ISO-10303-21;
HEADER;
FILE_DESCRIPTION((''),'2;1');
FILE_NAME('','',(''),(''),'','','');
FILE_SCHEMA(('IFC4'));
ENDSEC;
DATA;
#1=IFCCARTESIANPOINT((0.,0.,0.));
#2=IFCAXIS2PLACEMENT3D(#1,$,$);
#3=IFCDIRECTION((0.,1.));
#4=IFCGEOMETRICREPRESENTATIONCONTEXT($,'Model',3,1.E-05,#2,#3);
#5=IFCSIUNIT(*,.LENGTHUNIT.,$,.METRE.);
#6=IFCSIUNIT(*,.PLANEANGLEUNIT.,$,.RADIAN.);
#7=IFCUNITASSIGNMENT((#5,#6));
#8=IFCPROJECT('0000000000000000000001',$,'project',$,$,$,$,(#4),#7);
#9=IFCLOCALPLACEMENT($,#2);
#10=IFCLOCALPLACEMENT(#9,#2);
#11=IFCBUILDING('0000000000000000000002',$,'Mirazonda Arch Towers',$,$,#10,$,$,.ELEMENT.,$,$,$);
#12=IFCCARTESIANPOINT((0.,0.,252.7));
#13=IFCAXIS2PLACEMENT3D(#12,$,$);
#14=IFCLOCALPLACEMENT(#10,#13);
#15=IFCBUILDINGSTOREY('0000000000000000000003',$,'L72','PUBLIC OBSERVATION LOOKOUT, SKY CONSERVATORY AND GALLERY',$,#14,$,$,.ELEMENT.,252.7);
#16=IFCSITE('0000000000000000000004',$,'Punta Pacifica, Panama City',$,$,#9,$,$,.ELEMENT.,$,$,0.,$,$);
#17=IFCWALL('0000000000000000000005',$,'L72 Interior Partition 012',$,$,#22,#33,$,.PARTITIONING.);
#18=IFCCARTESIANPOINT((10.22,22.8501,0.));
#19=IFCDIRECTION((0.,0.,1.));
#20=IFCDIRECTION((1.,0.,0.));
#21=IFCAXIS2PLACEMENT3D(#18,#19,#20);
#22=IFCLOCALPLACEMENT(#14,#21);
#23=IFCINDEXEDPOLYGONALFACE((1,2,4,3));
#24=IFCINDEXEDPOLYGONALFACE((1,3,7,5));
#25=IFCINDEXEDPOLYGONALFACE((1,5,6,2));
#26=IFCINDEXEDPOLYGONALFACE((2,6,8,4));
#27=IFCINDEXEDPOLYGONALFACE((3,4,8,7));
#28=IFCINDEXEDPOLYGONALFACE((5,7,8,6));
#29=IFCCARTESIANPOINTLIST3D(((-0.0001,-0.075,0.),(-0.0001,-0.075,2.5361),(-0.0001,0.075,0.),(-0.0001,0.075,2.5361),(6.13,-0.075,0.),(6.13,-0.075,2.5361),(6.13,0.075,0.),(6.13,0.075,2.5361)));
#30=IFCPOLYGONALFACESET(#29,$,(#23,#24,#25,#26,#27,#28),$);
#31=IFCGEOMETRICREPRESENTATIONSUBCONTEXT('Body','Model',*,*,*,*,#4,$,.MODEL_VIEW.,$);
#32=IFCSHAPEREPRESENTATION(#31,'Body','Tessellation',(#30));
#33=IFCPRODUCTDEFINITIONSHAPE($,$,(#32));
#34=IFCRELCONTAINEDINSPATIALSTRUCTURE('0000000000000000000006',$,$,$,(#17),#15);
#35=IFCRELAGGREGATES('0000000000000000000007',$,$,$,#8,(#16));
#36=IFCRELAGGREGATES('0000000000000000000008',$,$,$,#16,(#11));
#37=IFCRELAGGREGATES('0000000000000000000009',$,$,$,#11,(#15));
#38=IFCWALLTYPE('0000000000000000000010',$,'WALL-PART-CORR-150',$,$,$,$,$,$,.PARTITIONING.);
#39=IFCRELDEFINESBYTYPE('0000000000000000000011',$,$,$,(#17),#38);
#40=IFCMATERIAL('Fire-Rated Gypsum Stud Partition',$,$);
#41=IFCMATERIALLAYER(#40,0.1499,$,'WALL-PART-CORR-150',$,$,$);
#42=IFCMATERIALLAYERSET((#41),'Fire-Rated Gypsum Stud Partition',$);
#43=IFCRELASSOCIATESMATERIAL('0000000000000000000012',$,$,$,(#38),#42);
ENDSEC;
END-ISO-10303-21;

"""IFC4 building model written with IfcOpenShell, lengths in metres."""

from ifc_helpers import new_model, si_unit, direction, frame, frame_2d, origin, place, context, subcontext, project, spatial, rectangle, extrude, material, layer, layer_set, type_object, element, save


model = new_model("IFC4")

# Units and contexts
model_context = context("Model", 3, precision=1e-05, world=origin(), true_north=direction((0.0, 1.0)))
body_context = subcontext(model_context, "Body", "Model", "MODEL_VIEW")
ifc_project = project(units=[si_unit("LENGTHUNIT", "METRE"), si_unit("PLANEANGLEUNIT", "RADIAN")], contexts=[model_context])

# Site, building, storey
site_placement = place(None, origin())
site = spatial("IfcSite", under=ifc_project, at=site_placement, Name="Punta Pacifica, Panama City", CompositionType="ELEMENT", RefElevation=0.0)
building_placement = place(site_placement, origin())
building = spatial("IfcBuilding", under=site, at=building_placement, Name="Mirazonda Arch Towers", CompositionType="ELEMENT")
storey_placement = place(building_placement, frame((0.0, 0.0, 252.7)))
storey = spatial("IfcBuildingStorey", under=building, at=storey_placement, Name="L72", Description="PUBLIC OBSERVATION LOOKOUT, SKY CONSERVATORY AND GALLERY", CompositionType="ELEMENT", Elevation=252.7)

# Shared definitions
ifc_material_1 = material(Name="Fire-Rated Gypsum Stud Partition")
ifc_layer_1 = layer(ifc_material_1, 0.1499, Name="WALL-PART-CORR-150")
ifc_layer_set_1 = layer_set([ifc_layer_1], Name="Fire-Rated Gypsum Stud Partition")
wall_type_1 = type_object("IfcWallType", Name="WALL-PART-CORR-150", PredefinedType="PARTITIONING", material=ifc_layer_set_1)

# Wall
wall_1_placement = place(storey_placement, frame((10.22, 22.8501, 0.0), z_axis=(0.0, 0.0, 1.0), x_axis=(1.0, 0.0, 0.0)))
element("IfcWall", 1, at=wall_1_placement, inside=storey, type_object=wall_type_1, Name="L72 Interior Partition 012", PredefinedType="PARTITIONING", context=body_context, shape_type="SweptSolid", body=[
    extrude(rectangle(XDim=6.1301, YDim=0.1499, at=frame_2d((3.0649, 0.0))), origin(), (0.0, 0.0, 1.0), 2.5361),
])

save(model, "model.ifc")
